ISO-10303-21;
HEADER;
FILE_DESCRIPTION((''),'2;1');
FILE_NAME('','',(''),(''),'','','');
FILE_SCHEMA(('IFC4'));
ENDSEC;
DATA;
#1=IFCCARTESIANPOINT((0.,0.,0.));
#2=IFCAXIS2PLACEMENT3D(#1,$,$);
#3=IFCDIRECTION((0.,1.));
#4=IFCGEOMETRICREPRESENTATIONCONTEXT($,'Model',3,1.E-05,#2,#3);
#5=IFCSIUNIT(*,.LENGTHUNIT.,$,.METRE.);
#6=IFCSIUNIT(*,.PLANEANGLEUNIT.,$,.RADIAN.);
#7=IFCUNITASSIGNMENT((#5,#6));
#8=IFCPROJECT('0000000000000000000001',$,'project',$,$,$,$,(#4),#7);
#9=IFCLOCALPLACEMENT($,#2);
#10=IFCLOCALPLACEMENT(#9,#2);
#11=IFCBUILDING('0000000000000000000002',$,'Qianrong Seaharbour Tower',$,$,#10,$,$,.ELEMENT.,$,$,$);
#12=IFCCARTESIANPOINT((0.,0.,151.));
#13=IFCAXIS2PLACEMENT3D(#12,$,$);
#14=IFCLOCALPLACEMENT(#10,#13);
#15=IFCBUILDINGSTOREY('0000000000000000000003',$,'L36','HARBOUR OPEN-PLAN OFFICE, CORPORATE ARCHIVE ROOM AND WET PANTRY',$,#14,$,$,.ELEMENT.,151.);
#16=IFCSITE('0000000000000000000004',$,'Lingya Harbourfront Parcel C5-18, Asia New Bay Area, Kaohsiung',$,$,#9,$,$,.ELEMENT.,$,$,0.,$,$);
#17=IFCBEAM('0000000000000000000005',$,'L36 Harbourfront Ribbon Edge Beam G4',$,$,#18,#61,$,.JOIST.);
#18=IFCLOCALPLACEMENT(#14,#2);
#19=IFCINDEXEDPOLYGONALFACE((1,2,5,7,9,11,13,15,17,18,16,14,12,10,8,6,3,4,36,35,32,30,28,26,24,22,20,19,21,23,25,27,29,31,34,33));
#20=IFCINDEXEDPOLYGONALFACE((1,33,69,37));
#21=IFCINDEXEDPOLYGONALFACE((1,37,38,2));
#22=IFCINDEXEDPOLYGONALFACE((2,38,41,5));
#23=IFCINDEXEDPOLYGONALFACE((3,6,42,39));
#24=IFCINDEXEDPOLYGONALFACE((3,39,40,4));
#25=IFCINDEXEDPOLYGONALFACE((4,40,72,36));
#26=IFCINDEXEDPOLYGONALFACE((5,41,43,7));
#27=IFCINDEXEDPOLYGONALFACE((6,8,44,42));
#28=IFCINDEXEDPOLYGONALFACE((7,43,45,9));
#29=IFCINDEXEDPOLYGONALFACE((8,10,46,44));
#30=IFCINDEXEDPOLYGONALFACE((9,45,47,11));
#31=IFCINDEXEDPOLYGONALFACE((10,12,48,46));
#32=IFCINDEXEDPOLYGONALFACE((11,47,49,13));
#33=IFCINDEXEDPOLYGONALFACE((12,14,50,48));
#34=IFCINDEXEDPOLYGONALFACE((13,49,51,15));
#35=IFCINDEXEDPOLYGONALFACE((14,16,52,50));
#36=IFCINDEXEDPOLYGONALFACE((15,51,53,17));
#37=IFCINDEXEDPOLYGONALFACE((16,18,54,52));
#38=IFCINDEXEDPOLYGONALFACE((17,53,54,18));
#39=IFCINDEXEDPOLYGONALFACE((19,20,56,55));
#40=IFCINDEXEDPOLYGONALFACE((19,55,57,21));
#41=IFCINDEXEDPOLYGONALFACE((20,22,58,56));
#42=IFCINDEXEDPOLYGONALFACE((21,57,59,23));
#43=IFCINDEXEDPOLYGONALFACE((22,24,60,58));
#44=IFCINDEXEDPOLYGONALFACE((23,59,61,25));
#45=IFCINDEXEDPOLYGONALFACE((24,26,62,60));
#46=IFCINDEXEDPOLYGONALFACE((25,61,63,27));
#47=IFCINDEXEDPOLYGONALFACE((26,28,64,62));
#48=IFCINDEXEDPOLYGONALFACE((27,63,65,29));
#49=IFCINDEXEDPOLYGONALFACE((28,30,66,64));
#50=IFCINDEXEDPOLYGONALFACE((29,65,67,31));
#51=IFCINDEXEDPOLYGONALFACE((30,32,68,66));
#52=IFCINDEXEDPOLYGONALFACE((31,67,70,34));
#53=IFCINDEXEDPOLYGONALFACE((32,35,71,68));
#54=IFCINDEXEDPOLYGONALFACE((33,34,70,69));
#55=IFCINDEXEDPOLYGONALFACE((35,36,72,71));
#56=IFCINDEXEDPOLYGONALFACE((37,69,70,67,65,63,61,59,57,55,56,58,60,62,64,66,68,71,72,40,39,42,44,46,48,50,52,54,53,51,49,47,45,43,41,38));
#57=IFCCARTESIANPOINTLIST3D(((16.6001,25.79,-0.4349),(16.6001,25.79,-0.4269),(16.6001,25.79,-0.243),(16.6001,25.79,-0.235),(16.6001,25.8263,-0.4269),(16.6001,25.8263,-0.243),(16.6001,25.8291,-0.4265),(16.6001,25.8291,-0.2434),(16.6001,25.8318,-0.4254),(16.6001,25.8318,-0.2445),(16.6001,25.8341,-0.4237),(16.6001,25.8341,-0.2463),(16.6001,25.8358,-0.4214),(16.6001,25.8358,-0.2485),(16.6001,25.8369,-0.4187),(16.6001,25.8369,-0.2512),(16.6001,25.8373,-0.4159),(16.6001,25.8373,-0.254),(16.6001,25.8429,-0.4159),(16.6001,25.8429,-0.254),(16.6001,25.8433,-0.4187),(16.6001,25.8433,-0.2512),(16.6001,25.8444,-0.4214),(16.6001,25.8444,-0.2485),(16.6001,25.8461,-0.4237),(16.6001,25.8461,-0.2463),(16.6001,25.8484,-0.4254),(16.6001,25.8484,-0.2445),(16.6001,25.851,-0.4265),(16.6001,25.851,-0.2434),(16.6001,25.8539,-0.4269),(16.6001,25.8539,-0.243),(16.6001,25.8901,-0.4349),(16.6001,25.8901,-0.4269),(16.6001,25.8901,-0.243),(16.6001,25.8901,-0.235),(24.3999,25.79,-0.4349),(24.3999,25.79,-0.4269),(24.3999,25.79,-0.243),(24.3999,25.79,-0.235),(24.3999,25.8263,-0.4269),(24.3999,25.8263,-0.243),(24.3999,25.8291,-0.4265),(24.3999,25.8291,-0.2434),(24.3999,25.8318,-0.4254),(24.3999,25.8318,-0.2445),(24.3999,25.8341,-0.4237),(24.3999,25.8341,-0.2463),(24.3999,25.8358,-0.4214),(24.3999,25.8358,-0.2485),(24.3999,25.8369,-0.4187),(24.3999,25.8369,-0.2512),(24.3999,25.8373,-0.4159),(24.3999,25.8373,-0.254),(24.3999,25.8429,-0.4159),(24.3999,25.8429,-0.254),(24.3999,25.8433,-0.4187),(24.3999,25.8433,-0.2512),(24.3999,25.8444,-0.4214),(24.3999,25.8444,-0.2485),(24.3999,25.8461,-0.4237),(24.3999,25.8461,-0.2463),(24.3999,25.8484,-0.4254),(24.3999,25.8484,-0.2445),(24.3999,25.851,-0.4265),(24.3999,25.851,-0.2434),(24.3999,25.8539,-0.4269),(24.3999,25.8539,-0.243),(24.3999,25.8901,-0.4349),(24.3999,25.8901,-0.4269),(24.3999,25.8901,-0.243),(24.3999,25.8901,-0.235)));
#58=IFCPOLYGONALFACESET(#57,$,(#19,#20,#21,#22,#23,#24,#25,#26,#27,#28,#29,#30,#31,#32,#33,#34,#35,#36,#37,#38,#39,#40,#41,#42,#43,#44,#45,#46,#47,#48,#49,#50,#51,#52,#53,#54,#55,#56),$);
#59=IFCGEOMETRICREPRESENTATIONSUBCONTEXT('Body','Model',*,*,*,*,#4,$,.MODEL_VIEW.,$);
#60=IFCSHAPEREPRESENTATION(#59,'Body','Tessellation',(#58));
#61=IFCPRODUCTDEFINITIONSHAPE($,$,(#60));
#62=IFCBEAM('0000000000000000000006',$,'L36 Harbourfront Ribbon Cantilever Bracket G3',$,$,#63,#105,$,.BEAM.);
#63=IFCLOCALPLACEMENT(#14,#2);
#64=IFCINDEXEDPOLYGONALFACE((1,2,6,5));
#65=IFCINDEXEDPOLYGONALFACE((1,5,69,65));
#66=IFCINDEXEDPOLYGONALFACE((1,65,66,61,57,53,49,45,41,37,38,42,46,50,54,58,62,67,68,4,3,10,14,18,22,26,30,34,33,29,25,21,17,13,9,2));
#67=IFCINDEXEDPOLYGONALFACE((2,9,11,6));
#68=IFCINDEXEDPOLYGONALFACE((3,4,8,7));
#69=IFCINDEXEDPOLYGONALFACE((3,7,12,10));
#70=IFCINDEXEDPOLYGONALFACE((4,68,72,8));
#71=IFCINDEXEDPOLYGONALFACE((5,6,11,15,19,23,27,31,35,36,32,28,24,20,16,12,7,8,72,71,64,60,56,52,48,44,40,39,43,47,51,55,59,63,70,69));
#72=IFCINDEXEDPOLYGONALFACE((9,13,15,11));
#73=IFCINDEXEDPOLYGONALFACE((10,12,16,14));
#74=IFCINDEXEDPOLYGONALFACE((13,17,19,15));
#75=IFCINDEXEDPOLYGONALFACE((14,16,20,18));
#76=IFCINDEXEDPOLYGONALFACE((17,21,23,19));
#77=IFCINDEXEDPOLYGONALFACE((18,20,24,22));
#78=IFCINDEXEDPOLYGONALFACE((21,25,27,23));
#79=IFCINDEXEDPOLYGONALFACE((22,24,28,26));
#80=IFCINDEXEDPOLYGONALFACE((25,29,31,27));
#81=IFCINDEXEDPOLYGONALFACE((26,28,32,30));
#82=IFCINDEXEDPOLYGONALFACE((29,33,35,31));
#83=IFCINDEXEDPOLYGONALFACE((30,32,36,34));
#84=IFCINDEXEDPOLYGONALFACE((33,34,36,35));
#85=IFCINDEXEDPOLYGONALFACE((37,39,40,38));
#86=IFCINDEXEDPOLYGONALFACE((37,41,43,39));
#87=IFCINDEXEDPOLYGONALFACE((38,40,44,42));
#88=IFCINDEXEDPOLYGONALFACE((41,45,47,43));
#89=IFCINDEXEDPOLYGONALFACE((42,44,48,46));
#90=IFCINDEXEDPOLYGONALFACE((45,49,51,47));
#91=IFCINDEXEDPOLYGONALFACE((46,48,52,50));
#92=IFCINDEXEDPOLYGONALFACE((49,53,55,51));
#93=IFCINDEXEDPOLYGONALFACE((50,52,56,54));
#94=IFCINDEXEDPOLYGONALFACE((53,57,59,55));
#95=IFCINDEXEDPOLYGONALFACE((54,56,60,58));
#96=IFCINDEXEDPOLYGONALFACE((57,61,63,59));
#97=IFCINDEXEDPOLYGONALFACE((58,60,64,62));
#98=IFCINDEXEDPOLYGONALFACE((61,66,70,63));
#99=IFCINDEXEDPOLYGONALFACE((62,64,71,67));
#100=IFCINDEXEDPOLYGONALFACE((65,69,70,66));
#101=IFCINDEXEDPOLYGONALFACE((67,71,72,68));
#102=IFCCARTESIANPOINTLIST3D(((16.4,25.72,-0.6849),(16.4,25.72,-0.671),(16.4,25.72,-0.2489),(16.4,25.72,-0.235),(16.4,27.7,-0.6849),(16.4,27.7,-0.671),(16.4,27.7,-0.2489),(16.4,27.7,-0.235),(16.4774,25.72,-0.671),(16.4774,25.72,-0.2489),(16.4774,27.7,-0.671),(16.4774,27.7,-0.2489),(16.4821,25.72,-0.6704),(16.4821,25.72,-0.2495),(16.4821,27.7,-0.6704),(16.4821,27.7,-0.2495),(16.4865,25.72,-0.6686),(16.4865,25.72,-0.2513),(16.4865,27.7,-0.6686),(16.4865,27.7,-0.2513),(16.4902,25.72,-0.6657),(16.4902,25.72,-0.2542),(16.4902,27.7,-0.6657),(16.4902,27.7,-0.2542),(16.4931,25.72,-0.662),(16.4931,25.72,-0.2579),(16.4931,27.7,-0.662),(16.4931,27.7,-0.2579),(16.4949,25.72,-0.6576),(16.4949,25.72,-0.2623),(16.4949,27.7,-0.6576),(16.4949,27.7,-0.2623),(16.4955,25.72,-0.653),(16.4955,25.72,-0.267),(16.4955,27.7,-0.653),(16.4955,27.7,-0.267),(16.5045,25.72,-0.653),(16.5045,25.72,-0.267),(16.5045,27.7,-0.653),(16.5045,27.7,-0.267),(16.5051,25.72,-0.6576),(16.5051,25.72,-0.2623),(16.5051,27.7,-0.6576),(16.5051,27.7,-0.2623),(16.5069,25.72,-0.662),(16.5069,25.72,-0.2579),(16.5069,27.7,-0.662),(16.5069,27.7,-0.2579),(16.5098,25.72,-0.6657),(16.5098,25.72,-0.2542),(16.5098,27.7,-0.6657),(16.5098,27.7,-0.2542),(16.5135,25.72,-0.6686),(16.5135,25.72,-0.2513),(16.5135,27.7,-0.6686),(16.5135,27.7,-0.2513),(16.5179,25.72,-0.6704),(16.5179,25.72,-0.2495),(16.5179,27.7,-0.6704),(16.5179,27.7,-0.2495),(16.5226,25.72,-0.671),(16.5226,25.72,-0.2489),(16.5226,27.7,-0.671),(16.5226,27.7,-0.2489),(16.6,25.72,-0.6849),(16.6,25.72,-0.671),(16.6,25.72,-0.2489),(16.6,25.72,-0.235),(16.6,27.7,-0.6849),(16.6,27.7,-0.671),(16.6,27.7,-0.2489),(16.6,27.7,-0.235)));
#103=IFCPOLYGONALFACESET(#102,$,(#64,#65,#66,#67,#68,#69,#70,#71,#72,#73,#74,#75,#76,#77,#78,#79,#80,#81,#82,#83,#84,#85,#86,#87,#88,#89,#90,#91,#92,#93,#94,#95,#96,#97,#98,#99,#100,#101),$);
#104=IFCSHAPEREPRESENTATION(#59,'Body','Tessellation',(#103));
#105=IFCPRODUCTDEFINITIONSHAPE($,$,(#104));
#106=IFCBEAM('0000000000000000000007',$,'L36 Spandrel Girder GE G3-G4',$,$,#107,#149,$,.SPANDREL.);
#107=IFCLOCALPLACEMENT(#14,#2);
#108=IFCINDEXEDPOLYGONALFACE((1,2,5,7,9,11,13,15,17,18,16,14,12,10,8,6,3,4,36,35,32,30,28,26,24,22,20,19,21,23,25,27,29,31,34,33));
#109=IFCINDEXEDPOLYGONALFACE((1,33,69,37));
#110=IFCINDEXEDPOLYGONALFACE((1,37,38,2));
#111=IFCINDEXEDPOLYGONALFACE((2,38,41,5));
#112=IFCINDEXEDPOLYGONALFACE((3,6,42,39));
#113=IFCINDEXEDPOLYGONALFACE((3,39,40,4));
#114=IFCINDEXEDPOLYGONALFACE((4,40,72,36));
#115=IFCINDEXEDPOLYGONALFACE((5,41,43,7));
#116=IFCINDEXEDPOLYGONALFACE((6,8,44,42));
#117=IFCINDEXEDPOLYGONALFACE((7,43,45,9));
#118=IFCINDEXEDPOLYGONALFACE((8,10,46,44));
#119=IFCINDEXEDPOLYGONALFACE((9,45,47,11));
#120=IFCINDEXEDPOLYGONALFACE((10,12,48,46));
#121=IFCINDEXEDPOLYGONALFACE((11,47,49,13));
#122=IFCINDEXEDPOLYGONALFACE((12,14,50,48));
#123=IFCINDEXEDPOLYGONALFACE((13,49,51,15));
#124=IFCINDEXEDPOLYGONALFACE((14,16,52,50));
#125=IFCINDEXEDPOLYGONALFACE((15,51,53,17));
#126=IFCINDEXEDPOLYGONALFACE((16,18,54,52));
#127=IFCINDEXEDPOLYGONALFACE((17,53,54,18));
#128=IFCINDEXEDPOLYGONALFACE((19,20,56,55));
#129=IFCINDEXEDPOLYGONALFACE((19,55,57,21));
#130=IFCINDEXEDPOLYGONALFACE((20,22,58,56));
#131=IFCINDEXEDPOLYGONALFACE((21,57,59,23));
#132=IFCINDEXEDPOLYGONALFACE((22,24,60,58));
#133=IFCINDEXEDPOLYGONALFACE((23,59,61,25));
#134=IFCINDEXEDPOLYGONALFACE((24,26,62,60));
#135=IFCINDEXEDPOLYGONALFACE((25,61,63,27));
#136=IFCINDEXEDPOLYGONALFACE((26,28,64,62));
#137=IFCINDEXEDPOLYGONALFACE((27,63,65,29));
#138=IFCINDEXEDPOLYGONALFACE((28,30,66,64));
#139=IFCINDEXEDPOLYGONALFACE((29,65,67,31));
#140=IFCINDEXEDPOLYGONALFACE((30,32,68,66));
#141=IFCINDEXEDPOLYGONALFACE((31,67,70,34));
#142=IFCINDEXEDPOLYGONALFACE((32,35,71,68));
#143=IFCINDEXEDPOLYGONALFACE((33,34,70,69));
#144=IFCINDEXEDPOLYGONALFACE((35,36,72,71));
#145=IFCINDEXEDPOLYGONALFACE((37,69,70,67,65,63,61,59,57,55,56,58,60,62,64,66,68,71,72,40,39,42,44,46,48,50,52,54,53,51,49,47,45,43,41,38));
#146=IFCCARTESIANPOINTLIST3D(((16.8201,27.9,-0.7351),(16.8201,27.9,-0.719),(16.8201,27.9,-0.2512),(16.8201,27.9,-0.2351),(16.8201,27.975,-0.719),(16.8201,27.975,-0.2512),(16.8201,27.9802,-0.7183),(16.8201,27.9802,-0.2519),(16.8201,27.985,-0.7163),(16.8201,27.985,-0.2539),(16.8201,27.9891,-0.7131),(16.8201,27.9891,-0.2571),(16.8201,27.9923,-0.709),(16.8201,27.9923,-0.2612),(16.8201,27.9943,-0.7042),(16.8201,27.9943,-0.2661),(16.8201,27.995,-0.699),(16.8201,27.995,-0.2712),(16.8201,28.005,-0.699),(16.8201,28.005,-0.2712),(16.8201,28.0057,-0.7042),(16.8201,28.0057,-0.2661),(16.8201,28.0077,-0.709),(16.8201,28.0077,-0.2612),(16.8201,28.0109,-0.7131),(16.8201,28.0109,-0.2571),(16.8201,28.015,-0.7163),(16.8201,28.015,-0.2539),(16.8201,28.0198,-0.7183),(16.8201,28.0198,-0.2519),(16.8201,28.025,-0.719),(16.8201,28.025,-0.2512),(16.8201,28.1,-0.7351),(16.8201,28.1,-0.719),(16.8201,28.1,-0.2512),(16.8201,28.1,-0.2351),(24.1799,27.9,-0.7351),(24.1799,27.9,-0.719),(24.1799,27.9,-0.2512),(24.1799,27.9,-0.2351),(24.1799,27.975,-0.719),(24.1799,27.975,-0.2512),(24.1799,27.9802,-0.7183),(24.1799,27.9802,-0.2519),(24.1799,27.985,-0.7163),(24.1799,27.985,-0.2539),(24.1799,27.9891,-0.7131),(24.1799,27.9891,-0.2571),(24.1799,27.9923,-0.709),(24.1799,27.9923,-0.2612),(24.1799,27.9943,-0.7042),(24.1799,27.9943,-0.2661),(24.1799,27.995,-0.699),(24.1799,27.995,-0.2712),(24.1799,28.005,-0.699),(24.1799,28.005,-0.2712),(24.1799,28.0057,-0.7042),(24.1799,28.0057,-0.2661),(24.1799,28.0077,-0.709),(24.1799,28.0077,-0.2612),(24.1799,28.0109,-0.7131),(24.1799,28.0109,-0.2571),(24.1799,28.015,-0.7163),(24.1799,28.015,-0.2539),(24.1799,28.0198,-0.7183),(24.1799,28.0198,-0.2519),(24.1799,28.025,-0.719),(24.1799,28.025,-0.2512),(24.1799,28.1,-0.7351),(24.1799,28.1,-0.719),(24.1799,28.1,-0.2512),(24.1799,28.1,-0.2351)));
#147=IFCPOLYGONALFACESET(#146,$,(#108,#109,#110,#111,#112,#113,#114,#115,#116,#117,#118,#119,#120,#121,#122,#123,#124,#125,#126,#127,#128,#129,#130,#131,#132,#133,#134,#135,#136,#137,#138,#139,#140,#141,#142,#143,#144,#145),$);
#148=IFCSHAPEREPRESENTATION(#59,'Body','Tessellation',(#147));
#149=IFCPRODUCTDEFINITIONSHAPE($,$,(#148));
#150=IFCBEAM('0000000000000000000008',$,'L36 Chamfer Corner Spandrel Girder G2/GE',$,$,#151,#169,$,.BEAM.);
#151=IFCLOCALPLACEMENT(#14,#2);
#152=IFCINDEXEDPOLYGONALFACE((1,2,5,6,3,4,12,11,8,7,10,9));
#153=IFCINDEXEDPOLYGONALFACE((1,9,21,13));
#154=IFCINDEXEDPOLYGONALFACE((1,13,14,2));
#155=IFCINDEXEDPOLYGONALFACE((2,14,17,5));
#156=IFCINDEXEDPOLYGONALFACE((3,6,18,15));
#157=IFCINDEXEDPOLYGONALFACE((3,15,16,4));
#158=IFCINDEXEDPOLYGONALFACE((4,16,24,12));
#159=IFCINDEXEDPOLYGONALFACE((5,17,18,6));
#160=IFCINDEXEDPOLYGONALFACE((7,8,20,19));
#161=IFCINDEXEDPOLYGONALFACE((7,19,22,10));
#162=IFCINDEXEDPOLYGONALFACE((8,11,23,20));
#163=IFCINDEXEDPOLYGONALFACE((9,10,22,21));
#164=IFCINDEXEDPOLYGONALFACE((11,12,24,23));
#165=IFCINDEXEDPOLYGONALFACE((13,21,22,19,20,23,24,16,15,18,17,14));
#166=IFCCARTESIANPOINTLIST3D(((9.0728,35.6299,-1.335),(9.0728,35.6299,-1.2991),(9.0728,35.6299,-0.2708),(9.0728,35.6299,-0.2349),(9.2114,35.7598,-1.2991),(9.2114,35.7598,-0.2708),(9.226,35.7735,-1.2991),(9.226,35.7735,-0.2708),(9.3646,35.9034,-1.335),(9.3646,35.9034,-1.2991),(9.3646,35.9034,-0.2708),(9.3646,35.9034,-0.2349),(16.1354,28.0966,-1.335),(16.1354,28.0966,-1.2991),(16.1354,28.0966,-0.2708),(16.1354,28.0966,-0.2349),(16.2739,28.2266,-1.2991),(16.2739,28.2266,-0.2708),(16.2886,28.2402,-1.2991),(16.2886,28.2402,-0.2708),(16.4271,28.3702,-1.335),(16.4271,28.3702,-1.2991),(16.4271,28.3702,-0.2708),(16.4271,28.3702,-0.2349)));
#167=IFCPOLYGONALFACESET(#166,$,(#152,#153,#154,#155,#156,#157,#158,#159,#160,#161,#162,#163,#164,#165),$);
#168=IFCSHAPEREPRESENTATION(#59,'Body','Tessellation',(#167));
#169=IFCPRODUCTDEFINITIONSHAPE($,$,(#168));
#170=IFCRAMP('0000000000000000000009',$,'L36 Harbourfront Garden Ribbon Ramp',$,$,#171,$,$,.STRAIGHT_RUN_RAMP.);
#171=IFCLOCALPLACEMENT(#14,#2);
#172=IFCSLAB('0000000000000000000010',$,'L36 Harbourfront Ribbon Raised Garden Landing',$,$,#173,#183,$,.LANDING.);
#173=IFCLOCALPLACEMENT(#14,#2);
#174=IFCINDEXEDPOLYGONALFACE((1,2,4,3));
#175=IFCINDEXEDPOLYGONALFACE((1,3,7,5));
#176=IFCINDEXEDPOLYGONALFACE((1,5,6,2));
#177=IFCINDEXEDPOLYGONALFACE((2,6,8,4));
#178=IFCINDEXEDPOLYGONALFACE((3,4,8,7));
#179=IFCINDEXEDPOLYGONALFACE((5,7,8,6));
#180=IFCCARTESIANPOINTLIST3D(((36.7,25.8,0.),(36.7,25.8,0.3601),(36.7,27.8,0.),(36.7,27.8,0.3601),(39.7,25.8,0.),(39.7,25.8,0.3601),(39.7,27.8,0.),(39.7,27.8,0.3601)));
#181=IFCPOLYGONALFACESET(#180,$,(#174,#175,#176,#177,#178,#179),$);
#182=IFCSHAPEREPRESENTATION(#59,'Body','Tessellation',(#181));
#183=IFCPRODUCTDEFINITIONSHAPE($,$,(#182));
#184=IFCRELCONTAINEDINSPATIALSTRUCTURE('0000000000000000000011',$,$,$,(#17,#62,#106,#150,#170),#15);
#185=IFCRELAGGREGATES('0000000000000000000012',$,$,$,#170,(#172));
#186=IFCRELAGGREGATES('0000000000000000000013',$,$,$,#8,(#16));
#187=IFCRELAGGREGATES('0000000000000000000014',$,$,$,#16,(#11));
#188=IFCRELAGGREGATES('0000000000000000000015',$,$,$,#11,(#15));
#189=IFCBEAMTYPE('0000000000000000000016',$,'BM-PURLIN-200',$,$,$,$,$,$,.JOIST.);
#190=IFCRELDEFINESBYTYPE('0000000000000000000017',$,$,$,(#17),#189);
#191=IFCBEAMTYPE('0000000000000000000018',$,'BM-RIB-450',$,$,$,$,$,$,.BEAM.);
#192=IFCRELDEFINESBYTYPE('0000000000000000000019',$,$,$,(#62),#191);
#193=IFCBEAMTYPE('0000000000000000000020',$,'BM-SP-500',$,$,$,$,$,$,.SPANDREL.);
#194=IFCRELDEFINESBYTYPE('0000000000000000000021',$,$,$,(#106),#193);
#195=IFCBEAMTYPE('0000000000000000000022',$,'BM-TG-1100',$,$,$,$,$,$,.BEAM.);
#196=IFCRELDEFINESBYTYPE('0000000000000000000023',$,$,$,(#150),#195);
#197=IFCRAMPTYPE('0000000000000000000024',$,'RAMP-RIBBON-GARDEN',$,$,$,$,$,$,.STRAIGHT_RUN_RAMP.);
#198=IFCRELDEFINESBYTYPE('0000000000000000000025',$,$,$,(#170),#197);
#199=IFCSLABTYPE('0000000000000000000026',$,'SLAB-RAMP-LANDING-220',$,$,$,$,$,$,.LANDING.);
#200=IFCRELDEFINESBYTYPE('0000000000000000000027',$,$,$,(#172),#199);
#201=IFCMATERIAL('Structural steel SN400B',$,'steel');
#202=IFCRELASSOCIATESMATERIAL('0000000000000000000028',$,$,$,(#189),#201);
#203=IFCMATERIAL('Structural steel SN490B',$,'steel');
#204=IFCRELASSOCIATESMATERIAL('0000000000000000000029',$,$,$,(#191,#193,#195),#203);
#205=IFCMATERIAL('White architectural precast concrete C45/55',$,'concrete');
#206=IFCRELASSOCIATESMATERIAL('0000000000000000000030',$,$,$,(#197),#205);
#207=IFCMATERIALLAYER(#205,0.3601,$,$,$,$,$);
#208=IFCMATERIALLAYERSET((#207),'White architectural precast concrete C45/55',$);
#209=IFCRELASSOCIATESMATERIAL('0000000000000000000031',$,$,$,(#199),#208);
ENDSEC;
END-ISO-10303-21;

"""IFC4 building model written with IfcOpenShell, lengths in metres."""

from ifc_helpers import new_model, si_unit, direction, frame, origin, origin_2d, place, context, subcontext, project, spatial, polyline, i_section, outline, extrude, material, layer, layer_set, material_profile, profile_set, type_object, element, aggregate, save


model = new_model("IFC4")

# Units and contexts
model_context = context("Model", 3, precision=1e-05, world=origin(), true_north=direction((0.0, 1.0)))
body_context = subcontext(model_context, "Body", "Model", "MODEL_VIEW")
ifc_project = project(units=[si_unit("LENGTHUNIT", "METRE"), si_unit("PLANEANGLEUNIT", "RADIAN")], contexts=[model_context])

# Site, building, storey
site_placement = place(None, origin())
site = spatial("IfcSite", under=ifc_project, at=site_placement, Name="Lingya Harbourfront Parcel C5-18, Asia New Bay Area, Kaohsiung", CompositionType="ELEMENT", RefElevation=0.0)
building_placement = place(site_placement, origin())
building = spatial("IfcBuilding", under=site, at=building_placement, Name="Qianrong Seaharbour Tower", CompositionType="ELEMENT")
storey_placement = place(building_placement, frame((0.0, 0.0, 151.0)))
storey = spatial("IfcBuildingStorey", under=building, at=storey_placement, Name="L36", Description="HARBOUR OPEN-PLAN OFFICE, CORPORATE ARCHIVE ROOM AND WET PANTRY", CompositionType="ELEMENT", Elevation=151.0)

# Shared definitions
ifc_material_1 = material(Name="Structural steel SN490B", Category="steel")

# Beams
ifc_material_2 = material(Name="Structural steel SN400B", Category="steel")
ifc_material_profile_1 = material_profile(ifc_material_2, i_section(OverallWidth=0.1001, OverallDepth=0.2, WebThickness=0.0056, FlangeThickness=0.0081, FilletRadius=0.011, at=origin_2d()), Name="H200x100x5.5x8")
ifc_profile_set_1 = profile_set([ifc_material_profile_1], Name="Structural steel SN400B")
beam_type_1 = type_object("IfcBeamType", Name="BM-PURLIN-200", PredefinedType="JOIST", material=ifc_profile_set_1)
beam_1_placement = place(storey_placement, frame((16.6001, 25.8401, -0.335), z_axis=(1.0, 0.0, 0.0), x_axis=(0.0, 1.0, 0.0)))
element("IfcBeam", 1, at=beam_1_placement, inside=storey, type_object=beam_type_1, Name="L36 Harbourfront Ribbon Edge Beam G4", PredefinedType="JOIST", context=body_context, shape_type="SweptSolid", body=[
    extrude(i_section(OverallWidth=0.1001, OverallDepth=0.2, WebThickness=0.0056, FlangeThickness=0.0081, FilletRadius=0.011, at=origin_2d()), origin(), (0.0, 0.0, 1.0), 7.7998),
])
ifc_material_profile_2 = material_profile(ifc_material_1, i_section(OverallWidth=0.2, OverallDepth=0.45, WebThickness=0.009, FlangeThickness=0.0139, FilletRadius=0.0181, at=origin_2d()), Name="H450x200x9x14")
ifc_profile_set_2 = profile_set([ifc_material_profile_2], Name="Structural steel SN490B")
beam_type_2 = type_object("IfcBeamType", Name="BM-RIB-450", PredefinedType="BEAM", material=ifc_profile_set_2)
beam_2_placement = place(storey_placement, frame((16.5, 27.7, -0.46), z_axis=(0.0, -1.0, 0.0), x_axis=(1.0, 0.0, 0.0)))
element("IfcBeam", 2, at=beam_2_placement, inside=storey, type_object=beam_type_2, Name="L36 Harbourfront Ribbon Cantilever Bracket G3", PredefinedType="BEAM", context=body_context, shape_type="SweptSolid", body=[
    extrude(i_section(OverallWidth=0.2, OverallDepth=0.45, WebThickness=0.009, FlangeThickness=0.0139, FilletRadius=0.0181, at=origin_2d()), origin(), (0.0, 0.0, 1.0), 1.98),
])
ifc_material_profile_3 = material_profile(ifc_material_1, i_section(OverallWidth=0.2, OverallDepth=0.5, WebThickness=0.01, FlangeThickness=0.0161, FilletRadius=0.02, at=origin_2d()), Name="H500x200x10x16")
ifc_profile_set_3 = profile_set([ifc_material_profile_3], Name="Structural steel SN490B")
beam_type_3 = type_object("IfcBeamType", Name="BM-SP-500", PredefinedType="SPANDREL", material=ifc_profile_set_3)
beam_3_placement = place(storey_placement, frame((16.8201, 28.0, -0.4851), z_axis=(1.0, 0.0, 0.0), x_axis=(0.0, 1.0, 0.0)))
element("IfcBeam", 3, at=beam_3_placement, inside=storey, type_object=beam_type_3, Name="L36 Spandrel Girder GE G3-G4", PredefinedType="SPANDREL", context=body_context, shape_type="SweptSolid", body=[
    extrude(i_section(OverallWidth=0.2, OverallDepth=0.5, WebThickness=0.01, FlangeThickness=0.0161, FilletRadius=0.02, at=origin_2d()), origin(), (0.0, 0.0, 1.0), 7.3599),
])
ifc_material_profile_4 = material_profile(ifc_material_1, i_section(OverallWidth=0.3999, OverallDepth=1.1001, WebThickness=0.02, FlangeThickness=0.0359, at=origin_2d()), Name="BH1100x400x20x36")
ifc_profile_set_4 = profile_set([ifc_material_profile_4], Name="Structural steel SN490B")
beam_type_4 = type_object("IfcBeamType", Name="BM-TG-1100", PredefinedType="BEAM", material=ifc_profile_set_4)
beam_4_placement = place(storey_placement, frame((16.2812, 28.2334, -0.7849), z_axis=(-0.683947, 0.729531, 0.0), x_axis=(-0.729531, -0.683947, 0.0)))
element("IfcBeam", 4, at=beam_4_placement, inside=storey, type_object=beam_type_4, Name="L36 Chamfer Corner Spandrel Girder G2/GE", PredefinedType="BEAM", context=body_context, shape_type="SweptSolid", body=[
    extrude(i_section(OverallWidth=0.3999, OverallDepth=1.1001, WebThickness=0.02, FlangeThickness=0.0359, at=origin_2d()), origin(), (0.0, 0.0, 1.0), 10.3262),
])

# Ramp, slab
ifc_material_3 = material(Name="White architectural precast concrete C45/55", Category="concrete")
ramp_type = type_object("IfcRampType", Name="RAMP-RIBBON-GARDEN", PredefinedType="STRAIGHT_RUN_RAMP", material=ifc_material_3)
ramp_placement = place(storey_placement, origin())
ramp = element("IfcRamp", 5, at=ramp_placement, inside=storey, type_object=ramp_type, Name="L36 Harbourfront Garden Ribbon Ramp", PredefinedType="STRAIGHT_RUN_RAMP")
ifc_layer_1 = layer(ifc_material_3, 0.3601)
ifc_layer_set_1 = layer_set([ifc_layer_1], Name="White architectural precast concrete C45/55")
slab_type_1 = type_object("IfcSlabType", Name="SLAB-RAMP-LANDING-220", PredefinedType="LANDING", material=ifc_layer_set_1)
slab_1_placement = place(storey_placement, origin())
slab_1 = element("IfcSlab", 6, at=slab_1_placement, type_object=slab_type_1, Name="L36 Harbourfront Ribbon Raised Garden Landing", PredefinedType="LANDING", context=body_context, shape_type="SweptSolid", body=[
    extrude(outline(polyline([(36.7, 25.8), (39.7, 25.8), (39.7, 27.8), (36.7, 27.8), (36.7, 25.8)])), origin(), (0.0, 0.0, 1.0), 0.3601),
])
aggregate(ramp, [slab_1])

save(model, "model.ifc")
